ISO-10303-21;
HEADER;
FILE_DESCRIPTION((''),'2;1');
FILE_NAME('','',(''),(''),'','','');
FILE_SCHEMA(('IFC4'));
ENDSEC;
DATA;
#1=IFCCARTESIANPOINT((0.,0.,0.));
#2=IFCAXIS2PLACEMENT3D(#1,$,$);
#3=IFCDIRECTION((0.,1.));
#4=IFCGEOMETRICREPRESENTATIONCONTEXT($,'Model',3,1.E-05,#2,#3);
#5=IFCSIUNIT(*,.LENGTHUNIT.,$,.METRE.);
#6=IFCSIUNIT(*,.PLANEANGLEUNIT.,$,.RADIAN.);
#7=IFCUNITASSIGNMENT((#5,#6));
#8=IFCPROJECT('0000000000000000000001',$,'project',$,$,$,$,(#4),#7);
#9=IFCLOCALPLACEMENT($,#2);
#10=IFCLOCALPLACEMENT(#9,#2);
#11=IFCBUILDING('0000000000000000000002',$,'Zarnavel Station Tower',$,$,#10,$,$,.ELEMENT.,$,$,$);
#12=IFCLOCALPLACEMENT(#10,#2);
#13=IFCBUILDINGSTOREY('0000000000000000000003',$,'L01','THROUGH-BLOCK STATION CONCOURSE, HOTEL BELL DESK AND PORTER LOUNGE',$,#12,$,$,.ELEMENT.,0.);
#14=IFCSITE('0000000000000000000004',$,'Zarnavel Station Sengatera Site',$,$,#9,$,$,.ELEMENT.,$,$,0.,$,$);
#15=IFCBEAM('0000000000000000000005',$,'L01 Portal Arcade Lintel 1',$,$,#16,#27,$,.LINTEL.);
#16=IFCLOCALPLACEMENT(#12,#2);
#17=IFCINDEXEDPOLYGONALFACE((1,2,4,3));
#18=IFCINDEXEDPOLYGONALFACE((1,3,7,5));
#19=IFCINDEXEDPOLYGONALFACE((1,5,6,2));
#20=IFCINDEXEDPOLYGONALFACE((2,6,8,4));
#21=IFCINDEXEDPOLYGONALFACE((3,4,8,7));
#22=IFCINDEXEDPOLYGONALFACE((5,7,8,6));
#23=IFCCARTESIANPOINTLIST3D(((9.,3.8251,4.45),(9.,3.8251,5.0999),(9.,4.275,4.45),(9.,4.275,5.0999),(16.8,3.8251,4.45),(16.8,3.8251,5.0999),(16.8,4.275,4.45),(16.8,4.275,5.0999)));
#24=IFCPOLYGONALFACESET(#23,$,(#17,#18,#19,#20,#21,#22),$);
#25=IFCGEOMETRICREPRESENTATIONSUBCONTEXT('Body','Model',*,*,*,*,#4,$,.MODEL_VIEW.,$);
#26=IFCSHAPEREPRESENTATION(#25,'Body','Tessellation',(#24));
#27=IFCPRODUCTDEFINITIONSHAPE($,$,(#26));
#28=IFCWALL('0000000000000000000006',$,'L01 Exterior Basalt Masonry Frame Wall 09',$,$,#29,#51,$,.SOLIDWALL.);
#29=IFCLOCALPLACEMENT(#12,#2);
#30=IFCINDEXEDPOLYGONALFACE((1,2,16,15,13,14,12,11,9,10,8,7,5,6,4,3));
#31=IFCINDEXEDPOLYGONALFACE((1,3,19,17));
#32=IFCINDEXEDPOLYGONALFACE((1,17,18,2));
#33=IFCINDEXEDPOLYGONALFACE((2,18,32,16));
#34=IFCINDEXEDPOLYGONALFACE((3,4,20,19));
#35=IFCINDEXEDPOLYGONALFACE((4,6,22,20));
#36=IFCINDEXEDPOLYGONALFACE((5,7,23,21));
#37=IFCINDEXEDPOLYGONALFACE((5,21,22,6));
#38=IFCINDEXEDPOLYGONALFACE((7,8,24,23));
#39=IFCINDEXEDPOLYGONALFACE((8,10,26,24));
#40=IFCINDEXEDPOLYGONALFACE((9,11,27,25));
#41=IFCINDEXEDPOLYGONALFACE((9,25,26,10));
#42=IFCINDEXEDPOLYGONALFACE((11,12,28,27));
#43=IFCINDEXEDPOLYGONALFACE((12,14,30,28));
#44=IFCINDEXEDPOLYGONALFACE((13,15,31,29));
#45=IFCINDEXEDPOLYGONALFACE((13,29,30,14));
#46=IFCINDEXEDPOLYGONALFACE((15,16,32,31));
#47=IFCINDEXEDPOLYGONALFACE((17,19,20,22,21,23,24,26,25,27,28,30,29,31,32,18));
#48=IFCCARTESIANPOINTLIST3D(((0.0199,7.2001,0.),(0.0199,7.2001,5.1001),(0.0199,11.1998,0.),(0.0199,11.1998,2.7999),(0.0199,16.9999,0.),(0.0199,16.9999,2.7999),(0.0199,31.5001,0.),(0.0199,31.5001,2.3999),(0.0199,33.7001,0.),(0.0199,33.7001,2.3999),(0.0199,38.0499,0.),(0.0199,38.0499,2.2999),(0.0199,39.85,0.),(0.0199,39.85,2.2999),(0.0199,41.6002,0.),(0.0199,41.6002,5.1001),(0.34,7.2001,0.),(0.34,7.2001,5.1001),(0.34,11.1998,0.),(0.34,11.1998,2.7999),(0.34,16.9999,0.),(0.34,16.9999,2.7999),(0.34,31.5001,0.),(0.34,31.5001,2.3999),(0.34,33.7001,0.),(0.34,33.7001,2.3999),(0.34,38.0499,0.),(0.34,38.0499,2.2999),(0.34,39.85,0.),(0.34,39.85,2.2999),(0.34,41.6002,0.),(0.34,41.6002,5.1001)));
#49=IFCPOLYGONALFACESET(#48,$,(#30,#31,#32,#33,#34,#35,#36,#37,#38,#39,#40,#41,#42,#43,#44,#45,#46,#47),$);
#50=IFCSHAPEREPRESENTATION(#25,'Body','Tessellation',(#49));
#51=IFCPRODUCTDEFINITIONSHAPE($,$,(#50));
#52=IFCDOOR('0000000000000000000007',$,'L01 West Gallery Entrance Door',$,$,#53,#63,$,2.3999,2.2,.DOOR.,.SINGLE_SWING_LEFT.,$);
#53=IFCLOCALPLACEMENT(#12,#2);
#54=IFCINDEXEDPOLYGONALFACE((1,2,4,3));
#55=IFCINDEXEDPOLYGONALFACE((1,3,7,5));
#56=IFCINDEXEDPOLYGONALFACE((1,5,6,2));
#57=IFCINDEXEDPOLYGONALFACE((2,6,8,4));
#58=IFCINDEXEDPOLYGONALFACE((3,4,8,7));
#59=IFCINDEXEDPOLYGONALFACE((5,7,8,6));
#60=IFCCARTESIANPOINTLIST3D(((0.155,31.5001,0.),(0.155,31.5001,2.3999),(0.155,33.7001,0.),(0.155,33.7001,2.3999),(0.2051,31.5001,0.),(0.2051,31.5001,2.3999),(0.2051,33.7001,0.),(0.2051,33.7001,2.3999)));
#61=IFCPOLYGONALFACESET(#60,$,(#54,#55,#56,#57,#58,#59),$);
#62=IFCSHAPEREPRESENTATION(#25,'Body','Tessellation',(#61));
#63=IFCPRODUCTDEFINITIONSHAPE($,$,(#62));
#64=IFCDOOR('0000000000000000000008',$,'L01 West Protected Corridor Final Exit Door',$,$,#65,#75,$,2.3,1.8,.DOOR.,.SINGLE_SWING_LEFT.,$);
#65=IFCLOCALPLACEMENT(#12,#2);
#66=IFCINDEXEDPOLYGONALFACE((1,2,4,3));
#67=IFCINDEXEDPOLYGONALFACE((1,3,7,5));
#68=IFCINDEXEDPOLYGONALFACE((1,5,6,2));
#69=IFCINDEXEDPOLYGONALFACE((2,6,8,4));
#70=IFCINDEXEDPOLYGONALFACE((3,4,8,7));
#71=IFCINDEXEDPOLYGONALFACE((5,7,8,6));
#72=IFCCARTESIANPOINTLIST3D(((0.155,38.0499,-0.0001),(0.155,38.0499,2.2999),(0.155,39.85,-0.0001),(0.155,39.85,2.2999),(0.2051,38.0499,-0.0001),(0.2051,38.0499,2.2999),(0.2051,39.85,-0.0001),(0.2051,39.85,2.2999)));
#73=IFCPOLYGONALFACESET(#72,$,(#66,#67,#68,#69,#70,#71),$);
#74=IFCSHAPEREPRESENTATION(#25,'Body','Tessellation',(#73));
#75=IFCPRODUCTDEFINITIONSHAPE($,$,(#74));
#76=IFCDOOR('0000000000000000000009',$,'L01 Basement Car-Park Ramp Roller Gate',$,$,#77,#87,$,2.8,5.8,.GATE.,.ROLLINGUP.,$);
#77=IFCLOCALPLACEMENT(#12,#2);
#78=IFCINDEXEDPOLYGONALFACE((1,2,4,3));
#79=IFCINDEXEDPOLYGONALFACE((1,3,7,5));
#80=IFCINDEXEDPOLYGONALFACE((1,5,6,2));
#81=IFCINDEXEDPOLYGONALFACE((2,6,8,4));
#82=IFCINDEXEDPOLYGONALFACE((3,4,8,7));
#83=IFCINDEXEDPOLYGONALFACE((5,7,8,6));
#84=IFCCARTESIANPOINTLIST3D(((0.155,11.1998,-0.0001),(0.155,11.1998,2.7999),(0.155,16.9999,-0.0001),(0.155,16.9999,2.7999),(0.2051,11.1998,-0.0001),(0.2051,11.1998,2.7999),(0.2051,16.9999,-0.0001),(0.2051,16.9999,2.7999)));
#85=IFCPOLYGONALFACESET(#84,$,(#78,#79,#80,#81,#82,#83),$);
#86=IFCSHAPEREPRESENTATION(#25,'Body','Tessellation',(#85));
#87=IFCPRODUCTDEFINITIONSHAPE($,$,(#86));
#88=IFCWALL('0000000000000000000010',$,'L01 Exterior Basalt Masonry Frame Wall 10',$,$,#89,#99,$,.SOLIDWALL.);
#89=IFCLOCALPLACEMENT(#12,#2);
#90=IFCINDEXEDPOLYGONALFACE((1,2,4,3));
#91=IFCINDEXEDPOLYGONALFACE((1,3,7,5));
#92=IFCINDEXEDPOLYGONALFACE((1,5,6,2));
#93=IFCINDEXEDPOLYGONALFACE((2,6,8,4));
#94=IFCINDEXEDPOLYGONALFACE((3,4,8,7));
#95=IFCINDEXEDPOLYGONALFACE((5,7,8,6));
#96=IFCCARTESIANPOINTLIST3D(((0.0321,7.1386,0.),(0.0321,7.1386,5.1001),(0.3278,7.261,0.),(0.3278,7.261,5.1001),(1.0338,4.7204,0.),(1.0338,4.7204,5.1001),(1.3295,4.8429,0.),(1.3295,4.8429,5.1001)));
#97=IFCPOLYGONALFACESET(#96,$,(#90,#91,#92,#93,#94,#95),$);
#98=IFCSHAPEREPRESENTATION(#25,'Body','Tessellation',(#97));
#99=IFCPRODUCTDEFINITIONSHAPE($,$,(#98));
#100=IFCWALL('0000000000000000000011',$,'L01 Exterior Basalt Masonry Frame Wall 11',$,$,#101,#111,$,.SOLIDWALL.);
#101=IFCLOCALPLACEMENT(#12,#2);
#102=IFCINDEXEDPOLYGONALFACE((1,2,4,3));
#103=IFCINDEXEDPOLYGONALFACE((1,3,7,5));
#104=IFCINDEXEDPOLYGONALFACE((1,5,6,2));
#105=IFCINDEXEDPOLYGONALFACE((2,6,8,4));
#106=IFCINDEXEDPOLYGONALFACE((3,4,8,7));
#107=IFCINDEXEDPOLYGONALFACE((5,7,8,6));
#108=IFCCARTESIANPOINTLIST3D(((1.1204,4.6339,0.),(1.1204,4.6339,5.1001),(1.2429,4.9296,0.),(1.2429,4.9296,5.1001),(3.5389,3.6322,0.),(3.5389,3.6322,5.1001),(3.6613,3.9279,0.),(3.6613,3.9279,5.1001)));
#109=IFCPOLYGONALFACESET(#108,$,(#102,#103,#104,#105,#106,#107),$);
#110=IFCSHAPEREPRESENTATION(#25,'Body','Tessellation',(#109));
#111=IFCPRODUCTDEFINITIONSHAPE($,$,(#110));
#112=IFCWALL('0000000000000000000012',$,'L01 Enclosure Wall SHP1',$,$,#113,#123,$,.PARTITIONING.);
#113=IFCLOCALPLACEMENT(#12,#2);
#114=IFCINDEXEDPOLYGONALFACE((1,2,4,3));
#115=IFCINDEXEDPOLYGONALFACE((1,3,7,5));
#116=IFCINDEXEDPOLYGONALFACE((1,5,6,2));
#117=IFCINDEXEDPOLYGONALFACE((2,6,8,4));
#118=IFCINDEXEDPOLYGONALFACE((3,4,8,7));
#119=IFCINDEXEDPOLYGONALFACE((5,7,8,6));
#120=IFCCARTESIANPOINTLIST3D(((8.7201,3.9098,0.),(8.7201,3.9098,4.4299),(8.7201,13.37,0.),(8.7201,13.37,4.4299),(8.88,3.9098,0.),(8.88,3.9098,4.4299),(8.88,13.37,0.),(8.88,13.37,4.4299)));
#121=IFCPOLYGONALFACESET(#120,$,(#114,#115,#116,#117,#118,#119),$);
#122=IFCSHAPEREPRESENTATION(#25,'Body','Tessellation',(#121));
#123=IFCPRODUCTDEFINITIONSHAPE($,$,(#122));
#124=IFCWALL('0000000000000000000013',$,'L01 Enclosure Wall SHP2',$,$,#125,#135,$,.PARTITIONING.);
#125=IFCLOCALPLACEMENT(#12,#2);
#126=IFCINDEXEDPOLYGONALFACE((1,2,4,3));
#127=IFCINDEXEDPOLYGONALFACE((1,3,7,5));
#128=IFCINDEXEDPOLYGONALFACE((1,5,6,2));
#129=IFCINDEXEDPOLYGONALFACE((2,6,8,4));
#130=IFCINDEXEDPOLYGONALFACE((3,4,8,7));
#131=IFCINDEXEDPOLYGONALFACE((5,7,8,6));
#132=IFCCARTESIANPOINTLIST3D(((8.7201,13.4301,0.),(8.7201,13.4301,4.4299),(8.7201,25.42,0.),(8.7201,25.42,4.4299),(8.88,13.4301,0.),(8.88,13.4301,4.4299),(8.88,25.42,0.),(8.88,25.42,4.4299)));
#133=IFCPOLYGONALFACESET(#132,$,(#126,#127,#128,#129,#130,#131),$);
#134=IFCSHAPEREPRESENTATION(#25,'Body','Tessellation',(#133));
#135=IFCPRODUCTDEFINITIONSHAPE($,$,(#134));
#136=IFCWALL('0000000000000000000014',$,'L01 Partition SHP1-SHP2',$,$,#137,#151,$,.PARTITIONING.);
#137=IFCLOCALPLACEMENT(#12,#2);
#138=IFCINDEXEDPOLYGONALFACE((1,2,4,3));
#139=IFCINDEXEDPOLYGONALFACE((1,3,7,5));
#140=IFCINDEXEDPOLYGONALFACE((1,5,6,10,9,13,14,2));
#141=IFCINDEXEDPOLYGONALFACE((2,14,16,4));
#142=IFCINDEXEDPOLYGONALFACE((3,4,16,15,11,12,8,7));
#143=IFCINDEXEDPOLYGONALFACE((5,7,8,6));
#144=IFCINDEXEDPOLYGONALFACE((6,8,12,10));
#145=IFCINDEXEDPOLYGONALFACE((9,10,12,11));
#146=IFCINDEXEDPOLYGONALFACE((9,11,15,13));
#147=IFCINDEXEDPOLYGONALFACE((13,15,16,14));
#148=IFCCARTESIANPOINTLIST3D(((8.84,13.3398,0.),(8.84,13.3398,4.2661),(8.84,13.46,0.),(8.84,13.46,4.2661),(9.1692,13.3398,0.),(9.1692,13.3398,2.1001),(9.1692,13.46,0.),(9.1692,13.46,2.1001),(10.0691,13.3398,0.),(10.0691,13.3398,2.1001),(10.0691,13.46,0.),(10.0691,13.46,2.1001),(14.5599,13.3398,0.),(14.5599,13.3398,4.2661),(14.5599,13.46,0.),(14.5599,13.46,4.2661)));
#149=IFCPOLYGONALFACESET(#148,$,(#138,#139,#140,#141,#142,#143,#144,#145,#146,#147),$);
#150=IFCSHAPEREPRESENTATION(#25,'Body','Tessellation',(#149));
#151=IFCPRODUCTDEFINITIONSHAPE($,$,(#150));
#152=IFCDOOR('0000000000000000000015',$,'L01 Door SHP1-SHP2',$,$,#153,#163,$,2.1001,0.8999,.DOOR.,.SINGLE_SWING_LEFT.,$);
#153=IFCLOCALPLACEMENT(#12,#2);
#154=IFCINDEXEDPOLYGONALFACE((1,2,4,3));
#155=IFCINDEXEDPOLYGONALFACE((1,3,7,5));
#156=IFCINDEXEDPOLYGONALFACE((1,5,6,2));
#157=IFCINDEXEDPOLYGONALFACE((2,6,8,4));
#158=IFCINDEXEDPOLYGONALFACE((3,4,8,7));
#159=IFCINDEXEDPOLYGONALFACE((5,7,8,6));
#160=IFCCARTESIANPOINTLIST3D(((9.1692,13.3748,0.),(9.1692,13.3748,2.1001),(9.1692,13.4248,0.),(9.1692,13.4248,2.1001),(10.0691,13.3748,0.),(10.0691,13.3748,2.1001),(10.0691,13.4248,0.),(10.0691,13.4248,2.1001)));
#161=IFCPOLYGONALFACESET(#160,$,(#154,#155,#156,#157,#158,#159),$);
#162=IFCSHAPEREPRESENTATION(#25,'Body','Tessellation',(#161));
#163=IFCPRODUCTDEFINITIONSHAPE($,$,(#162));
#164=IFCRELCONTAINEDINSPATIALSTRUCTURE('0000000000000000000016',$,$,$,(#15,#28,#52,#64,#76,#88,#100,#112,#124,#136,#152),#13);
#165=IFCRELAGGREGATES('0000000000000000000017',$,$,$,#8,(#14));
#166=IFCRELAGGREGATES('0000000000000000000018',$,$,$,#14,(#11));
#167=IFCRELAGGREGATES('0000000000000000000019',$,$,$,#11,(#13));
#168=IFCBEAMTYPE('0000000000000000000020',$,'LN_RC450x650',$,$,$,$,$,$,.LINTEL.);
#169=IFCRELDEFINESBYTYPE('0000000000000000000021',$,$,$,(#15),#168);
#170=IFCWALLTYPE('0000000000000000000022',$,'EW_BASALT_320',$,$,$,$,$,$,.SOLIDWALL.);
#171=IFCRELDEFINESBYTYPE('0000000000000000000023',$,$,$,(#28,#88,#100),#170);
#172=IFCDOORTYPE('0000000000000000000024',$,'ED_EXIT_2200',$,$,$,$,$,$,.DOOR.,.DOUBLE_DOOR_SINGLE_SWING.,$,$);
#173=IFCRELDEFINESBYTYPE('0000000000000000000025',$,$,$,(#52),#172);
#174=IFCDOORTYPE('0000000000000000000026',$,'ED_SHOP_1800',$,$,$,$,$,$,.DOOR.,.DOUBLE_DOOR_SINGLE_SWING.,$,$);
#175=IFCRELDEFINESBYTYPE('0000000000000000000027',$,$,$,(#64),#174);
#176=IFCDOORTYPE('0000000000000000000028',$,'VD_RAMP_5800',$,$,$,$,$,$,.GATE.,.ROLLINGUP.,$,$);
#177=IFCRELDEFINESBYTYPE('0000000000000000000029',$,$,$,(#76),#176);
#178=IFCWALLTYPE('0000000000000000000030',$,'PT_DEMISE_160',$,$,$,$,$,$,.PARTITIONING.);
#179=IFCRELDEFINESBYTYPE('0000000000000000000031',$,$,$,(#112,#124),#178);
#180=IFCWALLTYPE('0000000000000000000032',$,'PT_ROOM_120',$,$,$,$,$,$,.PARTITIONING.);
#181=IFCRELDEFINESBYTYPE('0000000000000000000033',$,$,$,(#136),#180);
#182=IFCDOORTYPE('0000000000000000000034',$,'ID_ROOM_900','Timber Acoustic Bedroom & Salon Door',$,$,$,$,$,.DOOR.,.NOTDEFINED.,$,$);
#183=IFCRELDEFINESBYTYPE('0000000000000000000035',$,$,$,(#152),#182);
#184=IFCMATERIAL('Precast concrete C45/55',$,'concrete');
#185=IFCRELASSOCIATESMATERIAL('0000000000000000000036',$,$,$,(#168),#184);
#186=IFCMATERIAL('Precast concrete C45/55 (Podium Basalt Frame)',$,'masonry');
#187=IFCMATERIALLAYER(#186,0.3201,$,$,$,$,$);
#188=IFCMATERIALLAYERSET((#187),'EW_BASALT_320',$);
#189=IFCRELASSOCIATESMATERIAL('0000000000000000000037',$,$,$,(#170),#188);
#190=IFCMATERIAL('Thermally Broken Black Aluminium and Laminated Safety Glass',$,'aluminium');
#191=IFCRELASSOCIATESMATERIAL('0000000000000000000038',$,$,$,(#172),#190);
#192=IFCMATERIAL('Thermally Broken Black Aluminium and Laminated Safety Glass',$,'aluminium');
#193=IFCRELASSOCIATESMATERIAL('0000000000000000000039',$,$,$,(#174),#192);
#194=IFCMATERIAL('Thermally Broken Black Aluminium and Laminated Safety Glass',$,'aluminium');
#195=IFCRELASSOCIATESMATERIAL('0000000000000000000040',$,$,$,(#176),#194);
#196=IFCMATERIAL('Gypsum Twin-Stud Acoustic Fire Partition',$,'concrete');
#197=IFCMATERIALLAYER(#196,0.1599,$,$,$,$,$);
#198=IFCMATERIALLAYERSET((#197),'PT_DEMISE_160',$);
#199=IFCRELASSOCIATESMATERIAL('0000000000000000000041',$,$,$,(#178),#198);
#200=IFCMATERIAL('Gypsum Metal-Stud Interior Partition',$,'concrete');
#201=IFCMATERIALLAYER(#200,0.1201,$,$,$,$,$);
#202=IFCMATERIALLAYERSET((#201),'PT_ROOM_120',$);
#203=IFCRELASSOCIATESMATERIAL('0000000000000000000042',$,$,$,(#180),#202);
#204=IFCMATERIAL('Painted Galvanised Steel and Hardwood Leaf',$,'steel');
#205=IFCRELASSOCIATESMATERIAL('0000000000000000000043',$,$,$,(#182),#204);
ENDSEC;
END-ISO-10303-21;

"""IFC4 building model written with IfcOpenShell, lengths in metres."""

from ifc_helpers import new_model, si_unit, direction, frame, frame_2d, origin, origin_2d, place, context, subcontext, project, spatial, rectangle, extrude, material, layer, layer_set, material_profile, profile_set, type_object, element, fill, save


model = new_model("IFC4")

# Units and contexts
model_context = context("Model", 3, precision=1e-05, world=origin(), true_north=direction((0.0, 1.0)))
body_context = subcontext(model_context, "Body", "Model", "MODEL_VIEW")
ifc_project = project(units=[si_unit("LENGTHUNIT", "METRE"), si_unit("PLANEANGLEUNIT", "RADIAN")], contexts=[model_context])

# Site, building, storey
site_placement = place(None, origin())
site = spatial("IfcSite", under=ifc_project, at=site_placement, Name="Zarnavel Station Sengatera Site", CompositionType="ELEMENT", RefElevation=0.0)
building_placement = place(site_placement, origin())
building = spatial("IfcBuilding", under=site, at=building_placement, Name="Zarnavel Station Tower", CompositionType="ELEMENT")
storey_placement = place(building_placement, origin())
storey = spatial("IfcBuildingStorey", under=building, at=storey_placement, Name="L01", Description="THROUGH-BLOCK STATION CONCOURSE, HOTEL BELL DESK AND PORTER LOUNGE", CompositionType="ELEMENT", Elevation=0.0)

# Beam
ifc_material_1 = material(Name="Precast concrete C45/55", Category="concrete")
ifc_material_profile_1 = material_profile(ifc_material_1, rectangle(XDim=0.45, YDim=0.6499, at=origin_2d()), Name="RC450x650")
ifc_profile_set_1 = profile_set([ifc_material_profile_1], Name="Precast concrete C45/55")
beam_type_1 = type_object("IfcBeamType", Name="LN_RC450x650", PredefinedType="LINTEL", material=ifc_profile_set_1)
beam_1_placement = place(storey_placement, frame((9.0, 4.05, 4.7749), z_axis=(1.0, 0.0, 0.0), x_axis=(0.0, 1.0, 0.0)))
element("IfcBeam", 1, at=beam_1_placement, inside=storey, type_object=beam_type_1, Name="L01 Portal Arcade Lintel 1", PredefinedType="LINTEL", context=body_context, shape_type="SweptSolid", body=[
    extrude(rectangle(XDim=0.45, YDim=0.6499, at=origin_2d()), origin(), (0.0, 0.0, 1.0), 7.8),
])

# Wall, openings, doors
ifc_material_2 = material(Name="Precast concrete C45/55 (Podium Basalt Frame)", Category="masonry")
ifc_layer_1 = layer(ifc_material_2, 0.3201)
ifc_layer_set_1 = layer_set([ifc_layer_1], Name="EW_BASALT_320")
wall_type_1 = type_object("IfcWallType", Name="EW_BASALT_320", PredefinedType="SOLIDWALL", material=ifc_layer_set_1)
wall_1_placement = place(storey_placement, frame((0.1799, 7.2, 0.0), z_axis=(0.0, 0.0, 1.0), x_axis=(0.0, 1.0, 0.0)))
wall_1 = element("IfcWall", 2, at=wall_1_placement, inside=storey, type_object=wall_type_1, Name="L01 Exterior Basalt Masonry Frame Wall 09", PredefinedType="SOLIDWALL", context=body_context, shape_type="SweptSolid", body=[
    extrude(rectangle(XDim=34.4001, YDim=0.3201, at=frame_2d((17.2002, 0.0))), origin(), (0.0, 0.0, 1.0), 5.1001),
])
opening_1_placement = place(wall_1_placement, frame((4.0, 0.0, 0.0)))
opening_1 = element("IfcOpeningElement", 3, at=opening_1_placement, cuts=wall_1, PredefinedType="OPENING", context=body_context, shape_type="SweptSolid", body=[
    extrude(rectangle(XDim=5.8, YDim=2.8, at=frame_2d((2.8999, 1.3999))), frame((0.0, 0.1699, 0.0), z_axis=(0.0, -1.0, 0.0), x_axis=(1.0, 0.0, 0.0)), (0.0, 0.0, 1.0), 0.3401),
])
opening_2_placement = place(wall_1_placement, frame((30.8501, 0.0, 0.0)))
opening_2 = element("IfcOpeningElement", 4, at=opening_2_placement, cuts=wall_1, PredefinedType="OPENING", context=body_context, shape_type="SweptSolid", body=[
    extrude(rectangle(XDim=1.8, YDim=2.3, at=frame_2d((0.8999, 1.1499))), frame((0.0, 0.1699, 0.0), z_axis=(0.0, -1.0, 0.0), x_axis=(1.0, 0.0, 0.0)), (0.0, 0.0, 1.0), 0.3401),
])
opening_3_placement = place(wall_1_placement, frame((24.3, 0.0, 0.0)))
opening_3 = element("IfcOpeningElement", 5, at=opening_3_placement, cuts=wall_1, PredefinedType="OPENING", context=body_context, shape_type="SweptSolid", body=[
    extrude(rectangle(XDim=2.2, YDim=2.3999, at=frame_2d((1.1001, 1.2))), frame((0.0, 0.1699, 0.0), z_axis=(0.0, -1.0, 0.0), x_axis=(1.0, 0.0, 0.0)), (0.0, 0.0, 1.0), 0.3401),
])
ifc_material_3 = material(Name="Thermally Broken Black Aluminium and Laminated Safety Glass", Category="aluminium")
door_type_1 = type_object("IfcDoorType", Name="ED_EXIT_2200", OperationType="DOUBLE_DOOR_SINGLE_SWING", PredefinedType="DOOR", material=ifc_material_3)
door_1_placement = place(opening_3_placement, origin())
door_1 = element("IfcDoor", 6, at=door_1_placement, inside=storey, type_object=door_type_1, Name="L01 West Gallery Entrance Door", OperationType="SINGLE_SWING_LEFT", OverallHeight=2.3999, OverallWidth=2.2, PredefinedType="DOOR", context=body_context, shape_type="SweptSolid", body=[
    extrude(rectangle(XDim=2.2, YDim=2.3999, at=frame_2d((1.1001, 1.2))), frame((0.0, 0.0249, 0.0), z_axis=(0.0, -1.0, 0.0), x_axis=(1.0, 0.0, 0.0)), (0.0, 0.0, 1.0), 0.05),
])
fill(opening_3, door_1)
ifc_material_4 = material(Name="Thermally Broken Black Aluminium and Laminated Safety Glass", Category="aluminium")
door_type_2 = type_object("IfcDoorType", Name="ED_SHOP_1800", OperationType="DOUBLE_DOOR_SINGLE_SWING", PredefinedType="DOOR", material=ifc_material_4)
door_2_placement = place(opening_2_placement, origin())
door_2 = element("IfcDoor", 7, at=door_2_placement, inside=storey, type_object=door_type_2, Name="L01 West Protected Corridor Final Exit Door", OperationType="SINGLE_SWING_LEFT", OverallHeight=2.3, OverallWidth=1.8, PredefinedType="DOOR", context=body_context, shape_type="SweptSolid", body=[
    extrude(rectangle(XDim=1.8, YDim=2.3, at=frame_2d((0.8999, 1.1499))), frame((0.0, 0.0249, 0.0), z_axis=(0.0, -1.0, 0.0), x_axis=(1.0, 0.0, 0.0)), (0.0, 0.0, 1.0), 0.05),
])
fill(opening_2, door_2)
ifc_material_5 = material(Name="Thermally Broken Black Aluminium and Laminated Safety Glass", Category="aluminium")
door_type_3 = type_object("IfcDoorType", Name="VD_RAMP_5800", OperationType="ROLLINGUP", PredefinedType="GATE", material=ifc_material_5)
door_3_placement = place(opening_1_placement, origin())
door_3 = element("IfcDoor", 8, at=door_3_placement, inside=storey, type_object=door_type_3, Name="L01 Basement Car-Park Ramp Roller Gate", OperationType="ROLLINGUP", OverallHeight=2.8, OverallWidth=5.8, PredefinedType="GATE", context=body_context, shape_type="SweptSolid", body=[
    extrude(rectangle(XDim=5.8, YDim=2.8, at=frame_2d((2.8999, 1.3999))), frame((0.0, 0.0249, 0.0), z_axis=(0.0, -1.0, 0.0), x_axis=(1.0, 0.0, 0.0)), (0.0, 0.0, 1.0), 0.05),
])
fill(opening_1, door_3)

# Walls
wall_2_placement = place(storey_placement, frame((1.1816, 4.7817, 0.0), z_axis=(0.0, 0.0, 1.0), x_axis=(-0.382701, 0.923872, 0.0)))
element("IfcWall", 9, at=wall_2_placement, inside=storey, type_object=wall_type_1, Name="L01 Exterior Basalt Masonry Frame Wall 10", PredefinedType="SOLIDWALL", context=body_context, shape_type="SweptSolid", body=[
    extrude(rectangle(XDim=2.6174, YDim=0.3201, at=frame_2d((1.3086, 0.0))), origin(), (0.0, 0.0, 1.0), 5.1001),
])
wall_3_placement = place(storey_placement, frame((3.6001, 3.78, 0.0), z_axis=(0.0, 0.0, 1.0), x_axis=(-0.923886, 0.382668, 0.0)))
element("IfcWall", 10, at=wall_3_placement, inside=storey, type_object=wall_type_1, Name="L01 Exterior Basalt Masonry Frame Wall 11", PredefinedType="SOLIDWALL", context=body_context, shape_type="SweptSolid", body=[
    extrude(rectangle(XDim=2.6177, YDim=0.3201, at=frame_2d((1.3088, 0.0))), origin(), (0.0, 0.0, 1.0), 5.1001),
])
ifc_material_6 = material(Name="Gypsum Twin-Stud Acoustic Fire Partition", Category="concrete")
ifc_layer_2 = layer(ifc_material_6, 0.1599)
ifc_layer_set_2 = layer_set([ifc_layer_2], Name="PT_DEMISE_160")
wall_type_2 = type_object("IfcWallType", Name="PT_DEMISE_160", PredefinedType="PARTITIONING", material=ifc_layer_set_2)
wall_4_placement = place(storey_placement, frame((8.8, 3.9099, 0.0), z_axis=(0.0, 0.0, 1.0), x_axis=(0.0, 1.0, 0.0)))
element("IfcWall", 11, at=wall_4_placement, inside=storey, type_object=wall_type_2, Name="L01 Enclosure Wall SHP1", PredefinedType="PARTITIONING", context=body_context, shape_type="SweptSolid", body=[
    extrude(rectangle(XDim=9.4602, YDim=0.1599, at=frame_2d((4.73, 0.0))), origin(), (0.0, 0.0, 1.0), 4.4299),
])
wall_5_placement = place(storey_placement, frame((8.8, 13.4299, 0.0), z_axis=(0.0, 0.0, 1.0), x_axis=(0.0, 1.0, 0.0)))
element("IfcWall", 12, at=wall_5_placement, inside=storey, type_object=wall_type_2, Name="L01 Enclosure Wall SHP2", PredefinedType="PARTITIONING", context=body_context, shape_type="SweptSolid", body=[
    extrude(rectangle(XDim=11.99, YDim=0.1599, at=frame_2d((5.9951, 0.0))), origin(), (0.0, 0.0, 1.0), 4.4299),
])

# Wall, opening, door
ifc_material_7 = material(Name="Gypsum Metal-Stud Interior Partition", Category="concrete")
ifc_layer_3 = layer(ifc_material_7, 0.1201)
ifc_layer_set_3 = layer_set([ifc_layer_3], Name="PT_ROOM_120")
wall_type_3 = type_object("IfcWallType", Name="PT_ROOM_120", PredefinedType="PARTITIONING", material=ifc_layer_set_3)
wall_6_placement = place(storey_placement, frame((8.8401, 13.3999, 0.0), z_axis=(0.0, 0.0, 1.0), x_axis=(1.0, 0.0, 0.0)))
wall_6 = element("IfcWall", 13, at=wall_6_placement, inside=storey, type_object=wall_type_3, Name="L01 Partition SHP1-SHP2", PredefinedType="PARTITIONING", context=body_context, shape_type="SweptSolid", body=[
    extrude(rectangle(XDim=5.72, YDim=0.1201, at=frame_2d((2.8599, 0.0))), origin(), (0.0, 0.0, 1.0), 4.2661),
])
opening_4_placement = place(wall_6_placement, frame((0.3291, 0.0, 0.0)))
opening_4 = element("IfcOpeningElement", 14, at=opening_4_placement, cuts=wall_6, PredefinedType="OPENING", context=body_context, shape_type="SweptSolid", body=[
    extrude(rectangle(XDim=0.8999, YDim=2.1001, at=frame_2d((0.45, 1.05))), frame((0.0, 0.0701, 0.0), z_axis=(0.0, -1.0, 0.0), x_axis=(1.0, 0.0, 0.0)), (0.0, 0.0, 1.0), 0.1401),
])
ifc_material_8 = material(Name="Painted Galvanised Steel and Hardwood Leaf", Category="steel")
door_type_4 = type_object("IfcDoorType", Name="ID_ROOM_900", Description="Timber Acoustic Bedroom & Salon Door", OperationType="NOTDEFINED", PredefinedType="DOOR", material=ifc_material_8)
door_4_placement = place(opening_4_placement, origin())
door_4 = element("IfcDoor", 15, at=door_4_placement, inside=storey, type_object=door_type_4, Name="L01 Door SHP1-SHP2", OperationType="SINGLE_SWING_LEFT", OverallHeight=2.1001, OverallWidth=0.8999, PredefinedType="DOOR", context=body_context, shape_type="SweptSolid", body=[
    extrude(rectangle(XDim=0.8999, YDim=2.1001, at=frame_2d((0.45, 1.05))), frame((0.0, 0.0249, 0.0), z_axis=(0.0, -1.0, 0.0), x_axis=(1.0, 0.0, 0.0)), (0.0, 0.0, 1.0), 0.05),
])
fill(opening_4, door_4)

save(model, "model.ifc")
